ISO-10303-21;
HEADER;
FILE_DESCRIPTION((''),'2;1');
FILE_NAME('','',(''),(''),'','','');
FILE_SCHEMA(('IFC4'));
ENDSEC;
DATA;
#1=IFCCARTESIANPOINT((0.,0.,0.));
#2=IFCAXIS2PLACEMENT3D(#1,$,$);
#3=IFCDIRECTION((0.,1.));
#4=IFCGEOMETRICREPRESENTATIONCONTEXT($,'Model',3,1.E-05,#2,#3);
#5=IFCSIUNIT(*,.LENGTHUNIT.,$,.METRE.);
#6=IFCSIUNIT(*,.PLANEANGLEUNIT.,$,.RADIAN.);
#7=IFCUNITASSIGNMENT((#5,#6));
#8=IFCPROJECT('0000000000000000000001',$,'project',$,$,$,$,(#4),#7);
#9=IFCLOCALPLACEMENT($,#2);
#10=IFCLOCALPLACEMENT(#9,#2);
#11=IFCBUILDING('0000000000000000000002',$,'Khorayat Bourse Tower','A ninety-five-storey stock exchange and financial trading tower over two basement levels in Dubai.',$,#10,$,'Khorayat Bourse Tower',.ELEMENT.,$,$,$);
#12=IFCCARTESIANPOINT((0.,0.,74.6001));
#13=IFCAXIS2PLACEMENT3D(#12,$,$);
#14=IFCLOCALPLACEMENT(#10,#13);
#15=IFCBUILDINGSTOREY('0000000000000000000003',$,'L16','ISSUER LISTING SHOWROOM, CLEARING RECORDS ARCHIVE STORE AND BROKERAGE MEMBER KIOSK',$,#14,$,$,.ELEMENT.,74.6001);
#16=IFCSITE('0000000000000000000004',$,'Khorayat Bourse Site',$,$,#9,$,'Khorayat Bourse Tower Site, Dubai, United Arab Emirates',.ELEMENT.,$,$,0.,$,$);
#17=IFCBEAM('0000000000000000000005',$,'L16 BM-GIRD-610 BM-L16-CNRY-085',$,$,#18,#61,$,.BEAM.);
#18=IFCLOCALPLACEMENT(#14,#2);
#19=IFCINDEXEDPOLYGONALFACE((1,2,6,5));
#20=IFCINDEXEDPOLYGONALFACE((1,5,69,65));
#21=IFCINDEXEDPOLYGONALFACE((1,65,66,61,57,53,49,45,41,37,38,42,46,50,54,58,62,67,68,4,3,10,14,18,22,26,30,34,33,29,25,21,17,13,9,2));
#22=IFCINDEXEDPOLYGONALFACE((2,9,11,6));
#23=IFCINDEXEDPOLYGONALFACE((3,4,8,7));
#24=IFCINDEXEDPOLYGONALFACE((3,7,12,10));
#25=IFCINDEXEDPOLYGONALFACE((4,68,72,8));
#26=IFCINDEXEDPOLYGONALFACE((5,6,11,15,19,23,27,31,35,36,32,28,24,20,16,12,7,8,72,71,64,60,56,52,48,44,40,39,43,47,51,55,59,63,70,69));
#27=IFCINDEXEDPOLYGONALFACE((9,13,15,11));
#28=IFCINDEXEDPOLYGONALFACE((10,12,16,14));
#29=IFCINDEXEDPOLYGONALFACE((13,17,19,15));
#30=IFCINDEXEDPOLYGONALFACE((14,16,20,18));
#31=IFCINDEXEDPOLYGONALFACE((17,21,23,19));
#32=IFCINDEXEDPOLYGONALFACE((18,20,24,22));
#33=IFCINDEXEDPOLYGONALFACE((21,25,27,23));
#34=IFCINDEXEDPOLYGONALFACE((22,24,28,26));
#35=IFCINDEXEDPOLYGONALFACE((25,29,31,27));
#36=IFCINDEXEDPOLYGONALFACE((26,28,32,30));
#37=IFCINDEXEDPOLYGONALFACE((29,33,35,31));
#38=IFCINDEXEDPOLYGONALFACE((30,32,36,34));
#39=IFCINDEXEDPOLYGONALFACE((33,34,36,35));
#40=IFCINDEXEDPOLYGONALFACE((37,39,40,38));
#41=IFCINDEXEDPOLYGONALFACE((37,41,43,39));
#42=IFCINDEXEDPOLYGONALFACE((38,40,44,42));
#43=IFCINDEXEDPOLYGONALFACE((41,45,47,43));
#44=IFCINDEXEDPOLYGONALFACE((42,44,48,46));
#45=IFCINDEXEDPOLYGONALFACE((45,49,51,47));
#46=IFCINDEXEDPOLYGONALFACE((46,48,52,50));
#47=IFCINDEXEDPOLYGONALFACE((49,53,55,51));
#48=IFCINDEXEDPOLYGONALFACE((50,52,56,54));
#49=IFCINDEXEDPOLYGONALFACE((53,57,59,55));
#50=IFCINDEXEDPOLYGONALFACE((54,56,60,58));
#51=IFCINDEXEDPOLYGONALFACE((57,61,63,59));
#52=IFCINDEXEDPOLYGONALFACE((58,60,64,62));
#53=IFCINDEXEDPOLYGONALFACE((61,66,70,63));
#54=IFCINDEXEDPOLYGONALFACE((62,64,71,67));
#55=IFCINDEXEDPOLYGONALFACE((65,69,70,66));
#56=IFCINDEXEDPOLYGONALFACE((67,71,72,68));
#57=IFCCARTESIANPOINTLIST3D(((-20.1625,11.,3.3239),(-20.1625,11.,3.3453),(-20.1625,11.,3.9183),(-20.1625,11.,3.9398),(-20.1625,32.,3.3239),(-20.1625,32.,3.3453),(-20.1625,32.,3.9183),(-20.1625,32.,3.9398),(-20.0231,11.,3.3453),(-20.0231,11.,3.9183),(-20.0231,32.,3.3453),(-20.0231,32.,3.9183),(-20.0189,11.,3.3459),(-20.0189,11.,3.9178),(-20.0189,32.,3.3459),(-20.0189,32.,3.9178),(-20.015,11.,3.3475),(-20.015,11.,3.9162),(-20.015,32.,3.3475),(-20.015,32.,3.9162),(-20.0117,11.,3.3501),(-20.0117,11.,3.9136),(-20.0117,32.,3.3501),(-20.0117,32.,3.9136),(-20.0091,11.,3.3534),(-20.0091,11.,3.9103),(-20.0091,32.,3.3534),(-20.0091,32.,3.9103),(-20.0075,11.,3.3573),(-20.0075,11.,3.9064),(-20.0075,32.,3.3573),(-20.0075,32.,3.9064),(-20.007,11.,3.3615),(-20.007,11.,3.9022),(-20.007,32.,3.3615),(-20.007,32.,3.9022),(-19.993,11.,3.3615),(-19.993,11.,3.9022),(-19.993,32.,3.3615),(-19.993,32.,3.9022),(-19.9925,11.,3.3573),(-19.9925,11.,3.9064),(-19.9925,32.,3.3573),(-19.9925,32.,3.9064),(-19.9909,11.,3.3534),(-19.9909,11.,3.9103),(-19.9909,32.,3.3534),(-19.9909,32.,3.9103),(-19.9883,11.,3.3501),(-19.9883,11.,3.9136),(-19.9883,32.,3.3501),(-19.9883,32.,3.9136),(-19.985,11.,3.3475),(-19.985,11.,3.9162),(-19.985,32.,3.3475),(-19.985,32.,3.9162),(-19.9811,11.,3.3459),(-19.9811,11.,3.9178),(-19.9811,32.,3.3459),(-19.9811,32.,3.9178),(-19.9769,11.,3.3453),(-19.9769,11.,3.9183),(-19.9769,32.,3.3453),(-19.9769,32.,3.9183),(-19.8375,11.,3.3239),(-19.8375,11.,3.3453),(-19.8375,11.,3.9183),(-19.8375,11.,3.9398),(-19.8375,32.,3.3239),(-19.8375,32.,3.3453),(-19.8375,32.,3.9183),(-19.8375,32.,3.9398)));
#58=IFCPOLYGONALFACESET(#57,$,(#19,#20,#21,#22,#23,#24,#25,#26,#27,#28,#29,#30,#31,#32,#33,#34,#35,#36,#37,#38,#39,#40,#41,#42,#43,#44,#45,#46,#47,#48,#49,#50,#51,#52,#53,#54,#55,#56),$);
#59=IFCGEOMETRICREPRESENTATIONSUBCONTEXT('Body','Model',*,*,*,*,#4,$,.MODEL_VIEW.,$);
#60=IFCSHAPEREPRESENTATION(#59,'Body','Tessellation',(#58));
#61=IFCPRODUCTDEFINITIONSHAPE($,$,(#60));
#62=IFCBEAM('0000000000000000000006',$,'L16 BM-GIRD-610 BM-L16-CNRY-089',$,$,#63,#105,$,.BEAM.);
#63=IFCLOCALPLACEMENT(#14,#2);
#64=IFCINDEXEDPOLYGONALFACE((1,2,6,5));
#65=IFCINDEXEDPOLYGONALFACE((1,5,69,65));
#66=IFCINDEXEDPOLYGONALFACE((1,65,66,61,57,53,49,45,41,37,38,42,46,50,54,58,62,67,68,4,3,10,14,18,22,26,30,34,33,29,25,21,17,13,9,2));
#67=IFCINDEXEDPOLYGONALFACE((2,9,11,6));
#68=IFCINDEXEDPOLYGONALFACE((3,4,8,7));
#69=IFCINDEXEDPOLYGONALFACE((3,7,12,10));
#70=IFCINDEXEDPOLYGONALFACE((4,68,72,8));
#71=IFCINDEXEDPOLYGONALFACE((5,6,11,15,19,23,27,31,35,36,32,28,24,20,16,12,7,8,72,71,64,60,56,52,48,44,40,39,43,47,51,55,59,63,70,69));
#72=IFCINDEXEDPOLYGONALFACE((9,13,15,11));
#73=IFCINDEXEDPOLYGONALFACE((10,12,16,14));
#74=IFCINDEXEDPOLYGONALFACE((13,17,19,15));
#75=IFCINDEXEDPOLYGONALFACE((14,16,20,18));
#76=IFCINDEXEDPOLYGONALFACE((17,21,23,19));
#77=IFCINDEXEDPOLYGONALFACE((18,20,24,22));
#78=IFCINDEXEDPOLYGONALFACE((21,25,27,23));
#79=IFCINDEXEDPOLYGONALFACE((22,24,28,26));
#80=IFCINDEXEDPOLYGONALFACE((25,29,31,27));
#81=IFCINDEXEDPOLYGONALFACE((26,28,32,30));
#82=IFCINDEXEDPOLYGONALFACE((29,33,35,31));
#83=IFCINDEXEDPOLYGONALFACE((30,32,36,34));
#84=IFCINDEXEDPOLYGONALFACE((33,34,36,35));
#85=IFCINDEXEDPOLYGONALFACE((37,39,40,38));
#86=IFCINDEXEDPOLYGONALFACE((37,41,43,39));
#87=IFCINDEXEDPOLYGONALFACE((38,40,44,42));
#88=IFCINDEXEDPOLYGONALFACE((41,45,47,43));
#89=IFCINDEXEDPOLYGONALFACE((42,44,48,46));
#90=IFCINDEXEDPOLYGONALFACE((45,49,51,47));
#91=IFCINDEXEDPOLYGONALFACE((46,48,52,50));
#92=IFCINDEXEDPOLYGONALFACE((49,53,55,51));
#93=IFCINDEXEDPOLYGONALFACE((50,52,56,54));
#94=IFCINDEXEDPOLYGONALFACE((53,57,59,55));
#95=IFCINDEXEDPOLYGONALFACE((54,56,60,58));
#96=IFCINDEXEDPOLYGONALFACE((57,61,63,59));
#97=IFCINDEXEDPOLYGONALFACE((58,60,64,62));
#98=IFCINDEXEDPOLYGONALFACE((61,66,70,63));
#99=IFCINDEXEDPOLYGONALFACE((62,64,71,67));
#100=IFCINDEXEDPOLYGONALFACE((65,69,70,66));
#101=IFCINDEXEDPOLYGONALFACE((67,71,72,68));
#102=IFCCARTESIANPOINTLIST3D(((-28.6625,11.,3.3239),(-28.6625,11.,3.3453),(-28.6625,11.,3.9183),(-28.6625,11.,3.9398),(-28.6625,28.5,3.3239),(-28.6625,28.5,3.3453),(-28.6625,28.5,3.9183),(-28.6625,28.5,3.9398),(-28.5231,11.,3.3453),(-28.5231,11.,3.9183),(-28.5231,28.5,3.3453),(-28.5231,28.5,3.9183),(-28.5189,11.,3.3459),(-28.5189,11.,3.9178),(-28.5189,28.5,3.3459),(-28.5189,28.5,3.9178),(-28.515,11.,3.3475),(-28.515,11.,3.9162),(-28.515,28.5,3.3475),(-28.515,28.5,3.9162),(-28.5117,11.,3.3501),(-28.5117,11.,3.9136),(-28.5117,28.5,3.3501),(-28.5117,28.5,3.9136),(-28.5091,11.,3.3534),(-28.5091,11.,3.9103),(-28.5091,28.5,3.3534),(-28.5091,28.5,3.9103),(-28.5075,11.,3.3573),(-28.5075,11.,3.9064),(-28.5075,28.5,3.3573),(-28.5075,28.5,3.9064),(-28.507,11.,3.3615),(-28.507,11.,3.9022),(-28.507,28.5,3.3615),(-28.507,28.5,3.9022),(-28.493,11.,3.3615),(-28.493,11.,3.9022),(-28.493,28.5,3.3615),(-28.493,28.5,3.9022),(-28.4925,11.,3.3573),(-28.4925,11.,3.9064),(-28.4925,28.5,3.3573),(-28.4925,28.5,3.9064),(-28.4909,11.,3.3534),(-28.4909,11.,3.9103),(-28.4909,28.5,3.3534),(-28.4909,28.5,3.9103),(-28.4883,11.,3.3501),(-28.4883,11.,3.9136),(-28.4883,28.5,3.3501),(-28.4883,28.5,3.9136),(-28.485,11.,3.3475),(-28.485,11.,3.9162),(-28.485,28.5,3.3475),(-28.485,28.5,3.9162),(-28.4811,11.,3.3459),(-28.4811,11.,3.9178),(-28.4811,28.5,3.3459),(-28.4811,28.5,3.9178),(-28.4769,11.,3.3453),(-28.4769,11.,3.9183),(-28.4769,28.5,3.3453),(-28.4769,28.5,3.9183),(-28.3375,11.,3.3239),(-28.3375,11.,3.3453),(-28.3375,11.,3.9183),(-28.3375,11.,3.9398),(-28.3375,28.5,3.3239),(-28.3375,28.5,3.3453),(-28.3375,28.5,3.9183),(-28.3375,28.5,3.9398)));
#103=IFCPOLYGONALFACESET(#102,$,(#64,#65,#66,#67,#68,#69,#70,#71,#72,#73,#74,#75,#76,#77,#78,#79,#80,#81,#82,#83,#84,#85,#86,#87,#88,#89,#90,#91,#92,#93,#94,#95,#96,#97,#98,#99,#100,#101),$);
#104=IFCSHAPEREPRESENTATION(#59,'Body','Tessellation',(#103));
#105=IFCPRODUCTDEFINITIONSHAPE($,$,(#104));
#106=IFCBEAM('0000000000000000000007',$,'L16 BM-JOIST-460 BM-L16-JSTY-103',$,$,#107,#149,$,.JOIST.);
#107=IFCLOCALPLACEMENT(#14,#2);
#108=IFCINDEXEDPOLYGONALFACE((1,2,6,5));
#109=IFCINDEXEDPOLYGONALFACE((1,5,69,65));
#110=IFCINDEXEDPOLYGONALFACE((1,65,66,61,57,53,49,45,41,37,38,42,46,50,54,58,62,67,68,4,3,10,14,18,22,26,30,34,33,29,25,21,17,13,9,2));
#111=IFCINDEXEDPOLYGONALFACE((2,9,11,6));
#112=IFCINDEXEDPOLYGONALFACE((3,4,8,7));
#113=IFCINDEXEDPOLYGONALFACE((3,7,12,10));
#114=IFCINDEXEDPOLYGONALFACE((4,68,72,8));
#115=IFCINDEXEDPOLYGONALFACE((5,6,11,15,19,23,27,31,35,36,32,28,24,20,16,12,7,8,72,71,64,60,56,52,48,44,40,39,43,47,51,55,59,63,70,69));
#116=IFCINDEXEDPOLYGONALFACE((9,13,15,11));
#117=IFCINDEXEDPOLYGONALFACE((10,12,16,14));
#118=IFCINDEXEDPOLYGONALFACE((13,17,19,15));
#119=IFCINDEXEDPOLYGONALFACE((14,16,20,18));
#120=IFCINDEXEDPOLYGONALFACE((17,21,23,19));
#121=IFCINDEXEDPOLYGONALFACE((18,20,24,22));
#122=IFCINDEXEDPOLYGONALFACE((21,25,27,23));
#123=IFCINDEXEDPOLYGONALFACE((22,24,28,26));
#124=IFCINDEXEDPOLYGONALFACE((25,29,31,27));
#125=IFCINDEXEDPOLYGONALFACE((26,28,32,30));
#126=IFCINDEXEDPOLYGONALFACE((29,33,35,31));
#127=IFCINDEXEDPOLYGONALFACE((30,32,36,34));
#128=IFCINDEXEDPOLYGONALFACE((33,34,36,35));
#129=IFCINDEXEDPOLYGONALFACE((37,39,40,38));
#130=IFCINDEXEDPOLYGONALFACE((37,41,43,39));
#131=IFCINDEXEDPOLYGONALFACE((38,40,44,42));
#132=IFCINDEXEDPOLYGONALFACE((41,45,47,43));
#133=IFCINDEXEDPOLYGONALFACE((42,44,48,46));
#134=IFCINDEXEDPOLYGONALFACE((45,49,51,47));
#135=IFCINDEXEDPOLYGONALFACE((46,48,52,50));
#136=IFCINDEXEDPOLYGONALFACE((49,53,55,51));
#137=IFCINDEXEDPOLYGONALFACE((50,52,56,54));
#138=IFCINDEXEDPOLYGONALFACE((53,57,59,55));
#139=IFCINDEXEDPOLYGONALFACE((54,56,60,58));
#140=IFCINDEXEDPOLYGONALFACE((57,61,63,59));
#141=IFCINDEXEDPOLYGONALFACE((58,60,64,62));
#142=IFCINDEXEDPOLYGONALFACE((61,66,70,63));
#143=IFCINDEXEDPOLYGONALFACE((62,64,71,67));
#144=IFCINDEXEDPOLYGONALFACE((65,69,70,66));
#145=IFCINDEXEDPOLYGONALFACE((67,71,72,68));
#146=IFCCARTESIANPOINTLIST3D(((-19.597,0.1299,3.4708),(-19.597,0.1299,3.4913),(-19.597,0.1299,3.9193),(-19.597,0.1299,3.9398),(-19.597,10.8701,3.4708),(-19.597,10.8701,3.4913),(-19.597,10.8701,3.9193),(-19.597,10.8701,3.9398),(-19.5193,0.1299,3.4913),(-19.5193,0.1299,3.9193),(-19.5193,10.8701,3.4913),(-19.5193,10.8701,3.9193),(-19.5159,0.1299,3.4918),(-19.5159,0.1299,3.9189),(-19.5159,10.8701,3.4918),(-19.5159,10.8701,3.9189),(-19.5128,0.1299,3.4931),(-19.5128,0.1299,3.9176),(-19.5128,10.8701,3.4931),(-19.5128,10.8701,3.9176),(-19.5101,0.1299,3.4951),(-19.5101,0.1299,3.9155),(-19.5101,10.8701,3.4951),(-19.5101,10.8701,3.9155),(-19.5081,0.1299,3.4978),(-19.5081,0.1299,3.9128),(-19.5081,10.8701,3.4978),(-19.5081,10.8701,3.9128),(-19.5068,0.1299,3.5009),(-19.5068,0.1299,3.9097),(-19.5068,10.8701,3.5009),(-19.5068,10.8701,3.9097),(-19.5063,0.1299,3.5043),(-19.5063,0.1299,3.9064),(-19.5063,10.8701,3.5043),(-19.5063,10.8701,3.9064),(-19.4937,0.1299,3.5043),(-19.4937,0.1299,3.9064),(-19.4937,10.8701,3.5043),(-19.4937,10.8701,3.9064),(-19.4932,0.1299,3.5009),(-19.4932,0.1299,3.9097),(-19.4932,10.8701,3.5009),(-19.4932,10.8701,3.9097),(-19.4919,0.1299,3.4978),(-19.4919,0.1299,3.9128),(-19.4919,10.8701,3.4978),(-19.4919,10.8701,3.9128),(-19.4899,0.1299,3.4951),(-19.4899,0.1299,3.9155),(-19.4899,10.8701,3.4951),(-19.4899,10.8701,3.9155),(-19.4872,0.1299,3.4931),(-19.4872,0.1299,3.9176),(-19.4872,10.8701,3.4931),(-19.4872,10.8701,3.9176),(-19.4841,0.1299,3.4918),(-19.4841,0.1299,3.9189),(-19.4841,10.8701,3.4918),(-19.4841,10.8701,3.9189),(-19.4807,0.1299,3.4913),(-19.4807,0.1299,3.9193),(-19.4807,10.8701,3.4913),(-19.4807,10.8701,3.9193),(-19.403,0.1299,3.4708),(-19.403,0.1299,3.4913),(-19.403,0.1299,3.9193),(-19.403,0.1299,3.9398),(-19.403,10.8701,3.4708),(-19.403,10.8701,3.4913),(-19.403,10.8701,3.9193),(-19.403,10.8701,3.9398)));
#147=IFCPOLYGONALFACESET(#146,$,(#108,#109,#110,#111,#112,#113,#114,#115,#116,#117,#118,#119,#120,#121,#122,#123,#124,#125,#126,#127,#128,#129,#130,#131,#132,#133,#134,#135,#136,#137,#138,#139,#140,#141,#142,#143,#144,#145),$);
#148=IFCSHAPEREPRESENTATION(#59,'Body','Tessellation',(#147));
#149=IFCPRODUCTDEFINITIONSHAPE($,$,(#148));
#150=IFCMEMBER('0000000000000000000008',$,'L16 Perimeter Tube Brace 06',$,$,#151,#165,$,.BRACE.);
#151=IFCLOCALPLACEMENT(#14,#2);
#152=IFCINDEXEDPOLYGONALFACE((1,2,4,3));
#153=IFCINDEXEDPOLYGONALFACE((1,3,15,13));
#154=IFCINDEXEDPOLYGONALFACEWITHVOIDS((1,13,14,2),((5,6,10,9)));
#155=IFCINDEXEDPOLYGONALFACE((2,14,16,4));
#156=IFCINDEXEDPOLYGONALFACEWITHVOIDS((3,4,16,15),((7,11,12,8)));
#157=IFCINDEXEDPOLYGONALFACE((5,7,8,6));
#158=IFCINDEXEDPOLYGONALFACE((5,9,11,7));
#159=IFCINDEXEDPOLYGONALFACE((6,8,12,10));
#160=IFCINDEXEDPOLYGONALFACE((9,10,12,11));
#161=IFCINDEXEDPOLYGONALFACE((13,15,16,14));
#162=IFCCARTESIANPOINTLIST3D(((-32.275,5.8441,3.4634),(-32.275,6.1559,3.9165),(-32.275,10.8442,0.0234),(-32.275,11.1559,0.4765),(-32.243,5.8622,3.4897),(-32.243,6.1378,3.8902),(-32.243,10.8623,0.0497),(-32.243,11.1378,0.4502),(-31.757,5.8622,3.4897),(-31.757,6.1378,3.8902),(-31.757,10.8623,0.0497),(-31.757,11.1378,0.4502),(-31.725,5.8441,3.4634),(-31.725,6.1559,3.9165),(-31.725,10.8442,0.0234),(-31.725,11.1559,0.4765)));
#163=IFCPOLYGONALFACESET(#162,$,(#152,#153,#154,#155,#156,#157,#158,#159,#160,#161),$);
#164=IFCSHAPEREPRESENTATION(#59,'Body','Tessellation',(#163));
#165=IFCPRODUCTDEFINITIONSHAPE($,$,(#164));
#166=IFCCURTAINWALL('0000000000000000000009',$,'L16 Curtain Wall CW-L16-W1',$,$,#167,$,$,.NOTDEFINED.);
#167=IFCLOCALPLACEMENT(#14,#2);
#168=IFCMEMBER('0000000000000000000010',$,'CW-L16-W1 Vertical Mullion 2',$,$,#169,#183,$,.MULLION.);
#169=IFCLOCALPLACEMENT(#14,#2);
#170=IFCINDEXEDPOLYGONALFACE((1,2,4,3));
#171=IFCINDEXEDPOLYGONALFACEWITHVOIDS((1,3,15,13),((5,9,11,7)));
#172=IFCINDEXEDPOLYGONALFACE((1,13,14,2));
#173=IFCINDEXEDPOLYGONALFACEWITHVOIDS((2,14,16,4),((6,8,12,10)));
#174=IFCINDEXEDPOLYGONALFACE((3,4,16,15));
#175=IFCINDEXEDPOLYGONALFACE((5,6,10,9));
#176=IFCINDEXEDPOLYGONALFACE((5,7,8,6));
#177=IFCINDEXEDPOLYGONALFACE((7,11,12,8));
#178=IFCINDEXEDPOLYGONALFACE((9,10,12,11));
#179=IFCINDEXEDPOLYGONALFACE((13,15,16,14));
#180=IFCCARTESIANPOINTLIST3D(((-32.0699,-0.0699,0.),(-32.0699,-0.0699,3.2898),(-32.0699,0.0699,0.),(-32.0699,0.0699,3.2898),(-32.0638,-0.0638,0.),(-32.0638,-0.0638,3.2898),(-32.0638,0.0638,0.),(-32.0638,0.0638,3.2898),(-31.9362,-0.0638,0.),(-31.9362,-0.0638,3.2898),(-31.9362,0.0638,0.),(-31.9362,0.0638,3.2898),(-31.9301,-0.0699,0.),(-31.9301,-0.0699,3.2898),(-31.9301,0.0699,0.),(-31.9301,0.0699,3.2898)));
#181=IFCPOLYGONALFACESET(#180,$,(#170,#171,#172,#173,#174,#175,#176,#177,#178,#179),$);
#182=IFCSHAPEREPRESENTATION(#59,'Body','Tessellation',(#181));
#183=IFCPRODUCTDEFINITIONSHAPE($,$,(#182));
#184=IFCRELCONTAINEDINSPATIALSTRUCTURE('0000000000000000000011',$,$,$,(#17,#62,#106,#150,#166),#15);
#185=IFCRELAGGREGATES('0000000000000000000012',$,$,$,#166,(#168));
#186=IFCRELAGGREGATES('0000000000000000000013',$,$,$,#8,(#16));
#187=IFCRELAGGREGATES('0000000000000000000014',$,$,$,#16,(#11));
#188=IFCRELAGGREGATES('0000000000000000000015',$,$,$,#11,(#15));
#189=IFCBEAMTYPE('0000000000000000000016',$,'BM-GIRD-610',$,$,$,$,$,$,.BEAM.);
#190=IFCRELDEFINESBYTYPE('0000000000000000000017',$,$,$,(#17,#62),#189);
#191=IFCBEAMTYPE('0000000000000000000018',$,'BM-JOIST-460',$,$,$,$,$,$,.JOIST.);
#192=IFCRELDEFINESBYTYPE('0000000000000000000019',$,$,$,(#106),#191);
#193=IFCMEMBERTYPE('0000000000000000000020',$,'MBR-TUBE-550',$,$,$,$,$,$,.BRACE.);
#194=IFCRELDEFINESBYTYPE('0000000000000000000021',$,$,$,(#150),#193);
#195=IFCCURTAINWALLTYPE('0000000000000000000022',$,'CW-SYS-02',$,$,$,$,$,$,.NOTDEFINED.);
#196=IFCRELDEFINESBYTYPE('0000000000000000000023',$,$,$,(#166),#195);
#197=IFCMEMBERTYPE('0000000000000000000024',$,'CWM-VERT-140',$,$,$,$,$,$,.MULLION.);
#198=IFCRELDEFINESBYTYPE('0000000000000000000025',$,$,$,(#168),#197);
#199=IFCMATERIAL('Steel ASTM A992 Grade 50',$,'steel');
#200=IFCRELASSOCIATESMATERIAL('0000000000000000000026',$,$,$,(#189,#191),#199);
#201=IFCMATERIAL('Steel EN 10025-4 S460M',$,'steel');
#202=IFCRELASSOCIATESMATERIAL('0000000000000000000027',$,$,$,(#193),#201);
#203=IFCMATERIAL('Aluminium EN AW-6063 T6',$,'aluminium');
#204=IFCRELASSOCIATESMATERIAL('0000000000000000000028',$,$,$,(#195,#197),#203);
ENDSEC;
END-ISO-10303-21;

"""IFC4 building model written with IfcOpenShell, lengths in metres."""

from ifc_helpers import new_model, si_unit, direction, frame, origin, origin_2d, place, context, subcontext, project, spatial, hollow_rectangle, i_section, extrude, source, transform, mapped, material, material_profile, profile_set, type_object, element, aggregate, save


model = new_model("IFC4")

# Units and contexts
model_context = context("Model", 3, precision=1e-05, world=origin(), true_north=direction((0.0, 1.0)))
body_context = subcontext(model_context, "Body", "Model", "MODEL_VIEW")
ifc_project = project(units=[si_unit("LENGTHUNIT", "METRE"), si_unit("PLANEANGLEUNIT", "RADIAN")], contexts=[model_context])

# Site, building, storey
site_placement = place(None, origin())
site = spatial("IfcSite", under=ifc_project, at=site_placement, Name="Khorayat Bourse Site", LongName="Khorayat Bourse Tower Site, Dubai, United Arab Emirates", CompositionType="ELEMENT", RefElevation=0.0)
building_placement = place(site_placement, origin())
building = spatial("IfcBuilding", under=site, at=building_placement, Name="Khorayat Bourse Tower", Description="A ninety-five-storey stock exchange and financial trading tower over two basement levels in Dubai.", LongName="Khorayat Bourse Tower", CompositionType="ELEMENT")
storey_placement = place(building_placement, frame((0.0, 0.0, 74.6001)))
storey = spatial("IfcBuildingStorey", under=building, at=storey_placement, Name="L16", Description="ISSUER LISTING SHOWROOM, CLEARING RECORDS ARCHIVE STORE AND BROKERAGE MEMBER KIOSK", CompositionType="ELEMENT", Elevation=74.6001)

# Shared definitions
ifc_material_1 = material(Name="Steel EN 10025-4 S460M", Category="steel")

# Beams
ifc_material_2 = material(Name="Steel ASTM A992 Grade 50", Category="steel")
ifc_material_profile_1 = material_profile(ifc_material_2, i_section(OverallWidth=0.325, OverallDepth=0.616, WebThickness=0.0139, FlangeThickness=0.0215, FilletRadius=0.0161, at=origin_2d()), Name="W610X174")
ifc_profile_set_1 = profile_set([ifc_material_profile_1], Name="Steel ASTM A992 Grade 50")
beam_type_1 = type_object("IfcBeamType", Name="BM-GIRD-610", PredefinedType="BEAM", material=ifc_profile_set_1)
shared_shape_1 = source(origin(), body_context, "Body", "SweptSolid", [
    extrude(i_section(OverallWidth=0.325, OverallDepth=0.616, WebThickness=0.0139, FlangeThickness=0.0215, FilletRadius=0.0161, at=origin_2d()), origin(), (0.0, 0.0, 1.0), 21.0),
])
beam_1_placement = place(storey_placement, frame((-20.0, 11.0, 3.6318), z_axis=(0.0, 1.0, 0.0), x_axis=(-1.0, 0.0, 0.0)))
element("IfcBeam", 1, at=beam_1_placement, inside=storey, type_object=beam_type_1, Name="L16 BM-GIRD-610 BM-L16-CNRY-085", PredefinedType="BEAM", context=body_context, shape_type="MappedRepresentation", body=[
    mapped(shared_shape_1, transform((0.0, 0.0, 0.0), scale=1.0)),
])
shared_shape_2 = source(origin(), body_context, "Body", "SweptSolid", [
    extrude(i_section(OverallWidth=0.325, OverallDepth=0.616, WebThickness=0.0139, FlangeThickness=0.0215, FilletRadius=0.0161, at=origin_2d()), origin(), (0.0, 0.0, 1.0), 17.5),
])
beam_2_placement = place(storey_placement, frame((-28.5, 11.0, 3.6318), z_axis=(0.0, 1.0, 0.0), x_axis=(-1.0, 0.0, 0.0)))
element("IfcBeam", 2, at=beam_2_placement, inside=storey, type_object=beam_type_1, Name="L16 BM-GIRD-610 BM-L16-CNRY-089", PredefinedType="BEAM", context=body_context, shape_type="MappedRepresentation", body=[
    mapped(shared_shape_2, transform((0.0, 0.0, 0.0), scale=1.0)),
])
ifc_material_profile_2 = material_profile(ifc_material_2, i_section(OverallWidth=0.1941, OverallDepth=0.469, WebThickness=0.0127, FlangeThickness=0.0205, FilletRadius=0.0129, at=origin_2d()), Name="W460X106")
ifc_profile_set_2 = profile_set([ifc_material_profile_2], Name="Steel ASTM A992 Grade 50")
beam_type_2 = type_object("IfcBeamType", Name="BM-JOIST-460", PredefinedType="JOIST", material=ifc_profile_set_2)
shared_shape_3 = source(origin(), body_context, "Body", "SweptSolid", [
    extrude(i_section(OverallWidth=0.1941, OverallDepth=0.469, WebThickness=0.0127, FlangeThickness=0.0205, FilletRadius=0.0129, at=origin_2d()), origin(), (0.0, 0.0, 1.0), 10.7402),
])
beam_3_placement = place(storey_placement, frame((-19.5, 0.1299, 3.7053), z_axis=(0.0, 1.0, 0.0), x_axis=(-1.0, 0.0, 0.0)))
element("IfcBeam", 3, at=beam_3_placement, inside=storey, type_object=beam_type_2, Name="L16 BM-JOIST-460 BM-L16-JSTY-103", PredefinedType="JOIST", context=body_context, shape_type="MappedRepresentation", body=[
    mapped(shared_shape_3, transform((0.0, 0.0, 0.0), scale=1.0)),
])

# Member
ifc_material_profile_3 = material_profile(ifc_material_1, hollow_rectangle(XDim=0.55, YDim=0.55, WallThickness=0.032, at=origin_2d()), Name="HSS 550x550x32")
ifc_profile_set_3 = profile_set([ifc_material_profile_3], Name="Steel EN 10025-4 S460M")
member_type_1 = type_object("IfcMemberType", Name="MBR-TUBE-550", PredefinedType="BRACE", material=ifc_profile_set_3)
shared_shape_4 = source(origin(), body_context, "Body", "SweptSolid", [
    extrude(hollow_rectangle(XDim=0.55, YDim=0.55, WallThickness=0.032, at=origin_2d()), origin(), (0.0, 0.0, 1.0), 6.0691),
])
member_1_placement = place(storey_placement, frame((-32.0, 6.0, 3.6899), z_axis=(0.0, 0.823854, -0.566802), x_axis=(-1.0, 0.0, 0.0)))
element("IfcMember", 4, at=member_1_placement, inside=storey, type_object=member_type_1, Name="L16 Perimeter Tube Brace 06", PredefinedType="BRACE", context=body_context, shape_type="MappedRepresentation", body=[
    mapped(shared_shape_4, transform((0.0, 0.0, 0.0), scale=1.0)),
])

# Curtain wall, member
ifc_material_3 = material(Name="Aluminium EN AW-6063 T6", Category="aluminium")
curtain_wall_type = type_object("IfcCurtainWallType", Name="CW-SYS-02", PredefinedType="NOTDEFINED", material=ifc_material_3)
curtain_wall_placement = place(storey_placement, origin())
curtain_wall = element("IfcCurtainWall", 5, at=curtain_wall_placement, inside=storey, type_object=curtain_wall_type, Name="L16 Curtain Wall CW-L16-W1", PredefinedType="NOTDEFINED")
ifc_material_profile_4 = material_profile(ifc_material_3, hollow_rectangle(XDim=0.1399, YDim=0.1399, WallThickness=0.0061, at=origin_2d()), Name="ALU 140x140x6")
ifc_profile_set_4 = profile_set([ifc_material_profile_4], Name="Aluminium EN AW-6063 T6")
member_type_2 = type_object("IfcMemberType", Name="CWM-VERT-140", PredefinedType="MULLION", material=ifc_profile_set_4)
shared_shape_5 = source(origin(), body_context, "Body", "SweptSolid", [
    extrude(hollow_rectangle(XDim=0.1399, YDim=0.1399, WallThickness=0.0061, at=origin_2d()), origin(), (0.0, 0.0, 1.0), 3.2898),
])
member_2_placement = place(storey_placement, frame((-32.0, 0.0, 0.0), z_axis=(0.0, 0.0, 1.0), x_axis=(-1.0, 0.0, 0.0)))
member_2 = element("IfcMember", 6, at=member_2_placement, type_object=member_type_2, Name="CW-L16-W1 Vertical Mullion 2", PredefinedType="MULLION", context=body_context, shape_type="MappedRepresentation", body=[
    mapped(shared_shape_5, transform((0.0, 0.0, 0.0), scale=1.0)),
])
aggregate(curtain_wall, [member_2])

save(model, "model.ifc")
